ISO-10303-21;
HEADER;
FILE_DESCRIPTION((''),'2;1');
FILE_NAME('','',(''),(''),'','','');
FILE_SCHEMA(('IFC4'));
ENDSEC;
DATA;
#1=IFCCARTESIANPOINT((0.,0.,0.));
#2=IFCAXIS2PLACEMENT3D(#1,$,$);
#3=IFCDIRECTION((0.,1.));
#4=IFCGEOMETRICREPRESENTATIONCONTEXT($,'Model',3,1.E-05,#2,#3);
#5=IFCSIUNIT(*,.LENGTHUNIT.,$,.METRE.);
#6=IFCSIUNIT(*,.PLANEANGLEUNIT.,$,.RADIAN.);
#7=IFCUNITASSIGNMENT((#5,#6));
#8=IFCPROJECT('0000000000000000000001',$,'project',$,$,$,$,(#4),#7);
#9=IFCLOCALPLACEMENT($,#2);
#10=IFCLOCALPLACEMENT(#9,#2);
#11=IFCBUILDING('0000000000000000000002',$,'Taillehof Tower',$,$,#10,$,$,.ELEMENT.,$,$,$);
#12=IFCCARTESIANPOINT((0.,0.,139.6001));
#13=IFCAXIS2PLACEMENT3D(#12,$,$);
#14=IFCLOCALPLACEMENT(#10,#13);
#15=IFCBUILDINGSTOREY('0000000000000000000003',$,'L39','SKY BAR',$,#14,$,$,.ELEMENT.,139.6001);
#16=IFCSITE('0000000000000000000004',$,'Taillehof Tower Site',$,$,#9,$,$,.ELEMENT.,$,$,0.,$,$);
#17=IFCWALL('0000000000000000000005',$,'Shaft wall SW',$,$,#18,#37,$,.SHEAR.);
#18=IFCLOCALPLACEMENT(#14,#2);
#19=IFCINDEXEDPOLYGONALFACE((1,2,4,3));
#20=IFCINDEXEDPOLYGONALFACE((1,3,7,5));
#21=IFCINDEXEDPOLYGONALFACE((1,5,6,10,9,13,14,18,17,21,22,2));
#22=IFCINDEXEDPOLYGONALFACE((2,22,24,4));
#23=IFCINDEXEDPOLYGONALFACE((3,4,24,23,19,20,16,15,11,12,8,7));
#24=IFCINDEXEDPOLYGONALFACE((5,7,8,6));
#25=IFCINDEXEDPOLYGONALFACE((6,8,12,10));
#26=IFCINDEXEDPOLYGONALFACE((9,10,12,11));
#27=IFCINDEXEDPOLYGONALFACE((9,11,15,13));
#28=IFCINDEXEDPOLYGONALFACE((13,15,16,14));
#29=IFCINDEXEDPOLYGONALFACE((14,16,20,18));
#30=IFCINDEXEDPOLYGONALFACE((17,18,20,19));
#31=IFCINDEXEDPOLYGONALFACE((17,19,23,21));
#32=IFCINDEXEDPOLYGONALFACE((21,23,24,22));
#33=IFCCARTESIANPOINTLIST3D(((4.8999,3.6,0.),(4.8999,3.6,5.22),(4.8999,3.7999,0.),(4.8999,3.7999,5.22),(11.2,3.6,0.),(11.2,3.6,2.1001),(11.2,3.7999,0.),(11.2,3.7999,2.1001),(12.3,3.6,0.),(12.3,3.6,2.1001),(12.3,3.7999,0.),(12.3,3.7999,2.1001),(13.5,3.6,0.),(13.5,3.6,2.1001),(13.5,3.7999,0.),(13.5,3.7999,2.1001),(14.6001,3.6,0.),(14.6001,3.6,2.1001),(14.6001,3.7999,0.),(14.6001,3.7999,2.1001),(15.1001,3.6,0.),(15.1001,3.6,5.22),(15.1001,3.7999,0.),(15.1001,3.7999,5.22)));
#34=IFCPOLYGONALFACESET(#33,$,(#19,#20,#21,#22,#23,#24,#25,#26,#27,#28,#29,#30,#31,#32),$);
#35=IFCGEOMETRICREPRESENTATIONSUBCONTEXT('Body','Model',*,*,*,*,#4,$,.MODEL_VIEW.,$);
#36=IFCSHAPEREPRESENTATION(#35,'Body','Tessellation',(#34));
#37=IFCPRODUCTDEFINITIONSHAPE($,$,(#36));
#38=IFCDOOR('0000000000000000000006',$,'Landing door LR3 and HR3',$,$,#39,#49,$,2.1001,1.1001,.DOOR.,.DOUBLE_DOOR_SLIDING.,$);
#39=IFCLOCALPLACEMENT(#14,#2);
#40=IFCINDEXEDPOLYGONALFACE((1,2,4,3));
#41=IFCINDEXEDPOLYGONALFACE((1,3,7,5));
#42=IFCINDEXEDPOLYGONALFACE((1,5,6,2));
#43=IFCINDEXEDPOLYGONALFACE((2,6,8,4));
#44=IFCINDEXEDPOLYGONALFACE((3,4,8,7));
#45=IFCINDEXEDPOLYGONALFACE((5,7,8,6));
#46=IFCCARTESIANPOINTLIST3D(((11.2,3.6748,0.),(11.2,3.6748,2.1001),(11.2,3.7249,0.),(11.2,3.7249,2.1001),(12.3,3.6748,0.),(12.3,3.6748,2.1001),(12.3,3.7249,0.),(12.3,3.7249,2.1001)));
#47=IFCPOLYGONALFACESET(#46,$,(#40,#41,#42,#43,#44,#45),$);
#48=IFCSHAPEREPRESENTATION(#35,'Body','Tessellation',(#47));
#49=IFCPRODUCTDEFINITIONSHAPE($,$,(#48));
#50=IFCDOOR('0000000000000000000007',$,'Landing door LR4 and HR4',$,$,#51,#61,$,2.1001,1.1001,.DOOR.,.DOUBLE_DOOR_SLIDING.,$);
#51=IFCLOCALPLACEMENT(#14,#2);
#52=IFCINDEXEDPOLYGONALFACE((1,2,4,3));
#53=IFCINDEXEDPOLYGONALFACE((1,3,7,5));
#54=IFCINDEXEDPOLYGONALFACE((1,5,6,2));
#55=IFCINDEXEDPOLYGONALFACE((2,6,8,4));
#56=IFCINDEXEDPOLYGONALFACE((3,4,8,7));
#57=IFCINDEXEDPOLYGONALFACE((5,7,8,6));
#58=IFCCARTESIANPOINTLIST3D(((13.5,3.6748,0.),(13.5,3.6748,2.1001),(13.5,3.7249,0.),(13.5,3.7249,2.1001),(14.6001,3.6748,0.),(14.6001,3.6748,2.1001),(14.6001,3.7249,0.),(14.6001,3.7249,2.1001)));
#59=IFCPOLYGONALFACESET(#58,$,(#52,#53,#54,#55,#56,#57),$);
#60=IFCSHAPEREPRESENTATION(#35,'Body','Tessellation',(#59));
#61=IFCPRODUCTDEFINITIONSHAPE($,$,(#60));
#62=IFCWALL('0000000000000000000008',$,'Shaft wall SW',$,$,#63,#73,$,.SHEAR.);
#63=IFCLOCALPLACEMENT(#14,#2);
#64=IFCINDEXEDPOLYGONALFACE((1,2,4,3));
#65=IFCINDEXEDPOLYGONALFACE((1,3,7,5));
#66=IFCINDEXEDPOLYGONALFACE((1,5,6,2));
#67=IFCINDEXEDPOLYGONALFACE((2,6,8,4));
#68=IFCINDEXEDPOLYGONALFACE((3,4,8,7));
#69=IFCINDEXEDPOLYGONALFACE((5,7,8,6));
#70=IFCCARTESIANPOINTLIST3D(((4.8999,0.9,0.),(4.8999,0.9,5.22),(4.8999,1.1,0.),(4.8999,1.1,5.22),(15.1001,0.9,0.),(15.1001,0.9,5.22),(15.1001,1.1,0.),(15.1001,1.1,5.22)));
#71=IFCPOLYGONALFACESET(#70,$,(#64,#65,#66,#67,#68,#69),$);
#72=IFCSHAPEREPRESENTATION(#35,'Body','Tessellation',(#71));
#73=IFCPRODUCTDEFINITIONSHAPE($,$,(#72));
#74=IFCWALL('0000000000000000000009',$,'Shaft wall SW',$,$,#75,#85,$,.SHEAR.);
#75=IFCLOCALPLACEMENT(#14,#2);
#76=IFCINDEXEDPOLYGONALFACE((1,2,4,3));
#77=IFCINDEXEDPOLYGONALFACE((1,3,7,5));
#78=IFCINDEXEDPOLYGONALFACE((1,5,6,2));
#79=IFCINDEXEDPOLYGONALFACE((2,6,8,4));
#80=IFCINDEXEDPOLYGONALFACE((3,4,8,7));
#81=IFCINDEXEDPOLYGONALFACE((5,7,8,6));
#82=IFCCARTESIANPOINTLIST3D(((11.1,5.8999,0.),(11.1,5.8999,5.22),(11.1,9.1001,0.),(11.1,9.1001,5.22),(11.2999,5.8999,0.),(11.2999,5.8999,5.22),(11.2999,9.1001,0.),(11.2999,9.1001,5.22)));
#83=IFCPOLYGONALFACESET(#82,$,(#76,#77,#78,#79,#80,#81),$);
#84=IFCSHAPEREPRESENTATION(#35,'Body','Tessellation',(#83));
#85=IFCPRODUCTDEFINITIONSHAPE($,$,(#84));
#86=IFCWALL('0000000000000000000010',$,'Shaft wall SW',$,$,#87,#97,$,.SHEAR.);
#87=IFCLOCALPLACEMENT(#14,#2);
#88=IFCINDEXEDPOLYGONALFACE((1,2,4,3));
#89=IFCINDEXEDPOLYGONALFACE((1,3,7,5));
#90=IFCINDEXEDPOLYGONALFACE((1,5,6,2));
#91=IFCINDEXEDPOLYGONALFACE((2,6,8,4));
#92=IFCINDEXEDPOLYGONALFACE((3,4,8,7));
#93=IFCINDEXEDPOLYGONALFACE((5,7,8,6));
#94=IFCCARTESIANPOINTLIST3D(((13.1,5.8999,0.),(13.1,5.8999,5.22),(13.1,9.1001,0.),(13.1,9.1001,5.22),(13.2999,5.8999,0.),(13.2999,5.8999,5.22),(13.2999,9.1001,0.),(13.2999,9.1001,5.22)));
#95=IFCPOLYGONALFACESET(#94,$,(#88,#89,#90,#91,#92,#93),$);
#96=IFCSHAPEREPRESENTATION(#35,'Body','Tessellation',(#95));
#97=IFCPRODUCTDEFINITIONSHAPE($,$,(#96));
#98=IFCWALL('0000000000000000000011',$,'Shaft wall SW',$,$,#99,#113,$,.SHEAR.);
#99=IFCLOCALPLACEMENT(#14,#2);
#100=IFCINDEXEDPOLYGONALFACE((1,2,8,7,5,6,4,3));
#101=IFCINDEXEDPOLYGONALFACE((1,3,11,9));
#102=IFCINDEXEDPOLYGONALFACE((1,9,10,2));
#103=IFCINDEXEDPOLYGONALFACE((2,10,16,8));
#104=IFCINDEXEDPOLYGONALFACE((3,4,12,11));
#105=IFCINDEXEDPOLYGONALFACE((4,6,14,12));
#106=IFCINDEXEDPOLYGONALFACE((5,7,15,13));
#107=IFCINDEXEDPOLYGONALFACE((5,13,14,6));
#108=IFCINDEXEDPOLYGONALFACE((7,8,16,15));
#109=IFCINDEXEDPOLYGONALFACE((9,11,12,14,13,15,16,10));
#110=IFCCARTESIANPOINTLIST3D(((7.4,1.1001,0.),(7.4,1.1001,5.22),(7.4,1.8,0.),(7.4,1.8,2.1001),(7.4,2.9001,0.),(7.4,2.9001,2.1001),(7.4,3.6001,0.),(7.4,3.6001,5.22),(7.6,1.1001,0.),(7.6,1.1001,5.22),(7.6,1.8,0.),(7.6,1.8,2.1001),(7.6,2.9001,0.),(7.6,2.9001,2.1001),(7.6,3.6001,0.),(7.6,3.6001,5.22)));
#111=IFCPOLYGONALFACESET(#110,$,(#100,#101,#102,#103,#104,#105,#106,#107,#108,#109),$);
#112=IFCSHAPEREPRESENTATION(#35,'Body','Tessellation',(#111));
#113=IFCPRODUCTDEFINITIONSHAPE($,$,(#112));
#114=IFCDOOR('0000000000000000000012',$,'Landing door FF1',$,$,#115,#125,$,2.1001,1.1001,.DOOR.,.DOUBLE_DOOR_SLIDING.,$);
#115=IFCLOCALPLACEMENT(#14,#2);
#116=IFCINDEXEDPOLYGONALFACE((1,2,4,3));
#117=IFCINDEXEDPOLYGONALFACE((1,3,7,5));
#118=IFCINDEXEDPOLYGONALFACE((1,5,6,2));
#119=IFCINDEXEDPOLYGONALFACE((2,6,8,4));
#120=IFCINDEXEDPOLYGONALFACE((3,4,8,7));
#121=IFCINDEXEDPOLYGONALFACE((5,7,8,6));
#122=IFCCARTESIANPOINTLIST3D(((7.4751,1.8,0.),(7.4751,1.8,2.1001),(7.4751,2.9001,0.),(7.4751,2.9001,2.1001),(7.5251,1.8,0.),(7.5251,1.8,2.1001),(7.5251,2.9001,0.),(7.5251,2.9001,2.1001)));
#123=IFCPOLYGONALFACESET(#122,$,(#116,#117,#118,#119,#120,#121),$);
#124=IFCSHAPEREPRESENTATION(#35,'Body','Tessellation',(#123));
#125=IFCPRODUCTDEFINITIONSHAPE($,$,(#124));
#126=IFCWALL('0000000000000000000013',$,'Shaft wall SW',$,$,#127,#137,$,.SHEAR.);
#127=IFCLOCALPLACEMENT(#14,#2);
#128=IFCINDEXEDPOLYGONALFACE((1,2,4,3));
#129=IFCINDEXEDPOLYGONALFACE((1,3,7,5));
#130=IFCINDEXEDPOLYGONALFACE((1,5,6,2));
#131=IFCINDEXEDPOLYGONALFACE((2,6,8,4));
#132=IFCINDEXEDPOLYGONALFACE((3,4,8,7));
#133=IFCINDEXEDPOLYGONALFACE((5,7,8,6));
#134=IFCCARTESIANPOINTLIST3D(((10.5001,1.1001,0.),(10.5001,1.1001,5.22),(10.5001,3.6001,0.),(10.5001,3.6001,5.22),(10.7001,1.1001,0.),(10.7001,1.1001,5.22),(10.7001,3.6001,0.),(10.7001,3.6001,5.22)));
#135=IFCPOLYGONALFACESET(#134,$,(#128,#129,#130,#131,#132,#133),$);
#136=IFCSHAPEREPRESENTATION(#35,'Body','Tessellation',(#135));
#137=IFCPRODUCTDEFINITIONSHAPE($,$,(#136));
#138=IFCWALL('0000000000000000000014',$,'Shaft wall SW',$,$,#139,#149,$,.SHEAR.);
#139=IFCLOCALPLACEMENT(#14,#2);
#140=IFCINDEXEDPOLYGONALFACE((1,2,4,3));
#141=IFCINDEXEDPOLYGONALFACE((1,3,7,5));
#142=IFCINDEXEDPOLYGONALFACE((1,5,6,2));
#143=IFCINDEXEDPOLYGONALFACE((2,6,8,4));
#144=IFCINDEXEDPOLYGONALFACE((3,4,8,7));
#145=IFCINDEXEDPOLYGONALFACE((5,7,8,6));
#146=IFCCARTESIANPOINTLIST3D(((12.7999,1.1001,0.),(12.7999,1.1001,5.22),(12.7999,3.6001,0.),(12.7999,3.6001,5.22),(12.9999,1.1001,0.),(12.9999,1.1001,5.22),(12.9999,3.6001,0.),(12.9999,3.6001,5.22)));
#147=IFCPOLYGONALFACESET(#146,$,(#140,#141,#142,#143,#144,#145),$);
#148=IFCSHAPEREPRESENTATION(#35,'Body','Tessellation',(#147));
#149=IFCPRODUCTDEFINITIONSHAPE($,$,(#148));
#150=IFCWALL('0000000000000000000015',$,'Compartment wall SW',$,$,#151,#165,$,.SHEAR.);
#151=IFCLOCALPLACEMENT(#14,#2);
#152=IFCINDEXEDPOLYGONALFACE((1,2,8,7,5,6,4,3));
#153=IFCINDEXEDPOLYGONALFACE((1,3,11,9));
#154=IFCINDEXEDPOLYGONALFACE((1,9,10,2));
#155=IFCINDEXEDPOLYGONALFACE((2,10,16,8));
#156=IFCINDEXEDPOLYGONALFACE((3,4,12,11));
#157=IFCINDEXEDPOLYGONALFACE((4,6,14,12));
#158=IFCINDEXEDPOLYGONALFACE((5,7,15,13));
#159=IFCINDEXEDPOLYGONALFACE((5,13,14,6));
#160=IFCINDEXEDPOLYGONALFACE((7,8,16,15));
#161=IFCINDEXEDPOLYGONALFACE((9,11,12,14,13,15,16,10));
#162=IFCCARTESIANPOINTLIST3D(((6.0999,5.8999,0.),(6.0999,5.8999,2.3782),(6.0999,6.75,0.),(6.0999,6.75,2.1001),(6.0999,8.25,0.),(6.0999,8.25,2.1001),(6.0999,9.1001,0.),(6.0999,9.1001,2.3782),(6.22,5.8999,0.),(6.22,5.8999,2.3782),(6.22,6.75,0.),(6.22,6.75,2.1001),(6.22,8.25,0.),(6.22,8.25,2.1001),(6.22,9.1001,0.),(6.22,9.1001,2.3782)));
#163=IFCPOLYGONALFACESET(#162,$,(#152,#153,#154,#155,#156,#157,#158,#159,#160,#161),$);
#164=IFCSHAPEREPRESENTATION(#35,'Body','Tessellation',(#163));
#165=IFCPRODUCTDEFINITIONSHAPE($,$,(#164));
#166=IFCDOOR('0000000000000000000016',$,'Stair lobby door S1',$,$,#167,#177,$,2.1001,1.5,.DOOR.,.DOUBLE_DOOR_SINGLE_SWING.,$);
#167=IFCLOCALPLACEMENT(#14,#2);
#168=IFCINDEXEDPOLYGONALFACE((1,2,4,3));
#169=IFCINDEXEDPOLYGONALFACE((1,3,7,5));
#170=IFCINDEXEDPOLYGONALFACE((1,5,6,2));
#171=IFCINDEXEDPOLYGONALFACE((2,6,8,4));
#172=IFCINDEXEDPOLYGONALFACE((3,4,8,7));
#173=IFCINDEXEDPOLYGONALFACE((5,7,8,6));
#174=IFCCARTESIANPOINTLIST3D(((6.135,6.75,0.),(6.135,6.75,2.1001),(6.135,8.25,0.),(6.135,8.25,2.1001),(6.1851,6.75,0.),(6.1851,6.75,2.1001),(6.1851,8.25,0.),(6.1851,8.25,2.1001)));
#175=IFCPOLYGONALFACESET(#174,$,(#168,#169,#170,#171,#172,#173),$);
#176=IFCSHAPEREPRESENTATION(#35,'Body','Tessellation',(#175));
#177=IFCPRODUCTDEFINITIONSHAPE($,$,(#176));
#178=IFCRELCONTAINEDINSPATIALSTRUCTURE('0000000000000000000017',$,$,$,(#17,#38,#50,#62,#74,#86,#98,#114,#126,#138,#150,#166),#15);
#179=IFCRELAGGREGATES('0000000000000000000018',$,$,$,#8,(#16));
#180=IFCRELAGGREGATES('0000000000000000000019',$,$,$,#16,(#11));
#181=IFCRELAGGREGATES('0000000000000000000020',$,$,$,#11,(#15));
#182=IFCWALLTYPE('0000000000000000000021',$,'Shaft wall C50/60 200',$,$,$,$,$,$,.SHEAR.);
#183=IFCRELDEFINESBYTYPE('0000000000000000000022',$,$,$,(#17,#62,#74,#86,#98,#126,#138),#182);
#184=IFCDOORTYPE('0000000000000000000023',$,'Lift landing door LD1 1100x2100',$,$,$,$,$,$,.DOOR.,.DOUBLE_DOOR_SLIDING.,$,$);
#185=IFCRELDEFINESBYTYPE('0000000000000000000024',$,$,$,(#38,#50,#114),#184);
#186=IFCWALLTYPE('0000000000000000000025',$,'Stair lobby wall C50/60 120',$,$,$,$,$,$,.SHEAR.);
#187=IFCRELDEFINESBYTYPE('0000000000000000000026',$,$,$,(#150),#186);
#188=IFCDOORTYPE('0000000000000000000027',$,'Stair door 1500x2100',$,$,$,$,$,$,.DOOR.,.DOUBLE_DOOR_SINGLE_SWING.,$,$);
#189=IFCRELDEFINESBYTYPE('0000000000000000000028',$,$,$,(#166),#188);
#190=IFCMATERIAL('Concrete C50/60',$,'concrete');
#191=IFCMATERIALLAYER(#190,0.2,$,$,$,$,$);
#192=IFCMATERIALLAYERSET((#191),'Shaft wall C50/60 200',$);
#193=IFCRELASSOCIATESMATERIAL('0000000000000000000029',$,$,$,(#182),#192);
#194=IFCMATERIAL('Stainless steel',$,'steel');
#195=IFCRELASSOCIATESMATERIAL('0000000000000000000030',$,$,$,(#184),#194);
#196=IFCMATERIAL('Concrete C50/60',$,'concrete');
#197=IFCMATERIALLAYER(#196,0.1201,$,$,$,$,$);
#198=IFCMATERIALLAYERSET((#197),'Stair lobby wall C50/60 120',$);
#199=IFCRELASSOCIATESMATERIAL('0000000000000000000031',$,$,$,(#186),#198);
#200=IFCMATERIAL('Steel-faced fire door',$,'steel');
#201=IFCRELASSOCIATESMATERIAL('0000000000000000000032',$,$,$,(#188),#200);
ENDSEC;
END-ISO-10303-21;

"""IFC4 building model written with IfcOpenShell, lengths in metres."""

from ifc_helpers import new_model, si_unit, direction, frame, frame_2d, origin, place, context, subcontext, project, spatial, rectangle, extrude, material, layer, layer_set, type_object, element, fill, save


model = new_model("IFC4")

# Units and contexts
model_context = context("Model", 3, precision=1e-05, world=origin(), true_north=direction((0.0, 1.0)))
body_context = subcontext(model_context, "Body", "Model", "MODEL_VIEW")
ifc_project = project(units=[si_unit("LENGTHUNIT", "METRE"), si_unit("PLANEANGLEUNIT", "RADIAN")], contexts=[model_context])

# Site, building, storey
site_placement = place(None, origin())
site = spatial("IfcSite", under=ifc_project, at=site_placement, Name="Taillehof Tower Site", CompositionType="ELEMENT", RefElevation=0.0)
building_placement = place(site_placement, origin())
building = spatial("IfcBuilding", under=site, at=building_placement, Name="Taillehof Tower", CompositionType="ELEMENT")
storey_placement = place(building_placement, frame((0.0, 0.0, 139.6001)))
storey = spatial("IfcBuildingStorey", under=building, at=storey_placement, Name="L39", Description="SKY BAR", CompositionType="ELEMENT", Elevation=139.6001)

# Wall, openings, doors
ifc_material_1 = material(Name="Concrete C50/60", Category="concrete")
ifc_layer_1 = layer(ifc_material_1, 0.2)
ifc_layer_set_1 = layer_set([ifc_layer_1], Name="Shaft wall C50/60 200")
wall_type_1 = type_object("IfcWallType", Name="Shaft wall C50/60 200", PredefinedType="SHEAR", material=ifc_layer_set_1)
ifc_material_2 = material(Name="Stainless steel", Category="steel")
door_type_1 = type_object("IfcDoorType", Name="Lift landing door LD1 1100x2100", OperationType="DOUBLE_DOOR_SLIDING", PredefinedType="DOOR", material=ifc_material_2)
wall_1_placement = place(storey_placement, frame((4.8999, 3.7, 0.0), z_axis=(0.0, 0.0, 1.0), x_axis=(1.0, 0.0, 0.0)))
wall_1 = element("IfcWall", 1, at=wall_1_placement, inside=storey, type_object=wall_type_1, Name="Shaft wall SW", PredefinedType="SHEAR", context=body_context, shape_type="SweptSolid", body=[
    extrude(rectangle(XDim=10.2002, YDim=0.2, at=frame_2d((5.1001, 0.0))), origin(), (0.0, 0.0, 1.0), 5.22),
])
opening_1_placement = place(wall_1_placement, frame((6.3, 0.0, 0.0)))
opening_1 = element("IfcOpeningElement", 2, at=opening_1_placement, cuts=wall_1, PredefinedType="OPENING", context=body_context, shape_type="SweptSolid", body=[
    extrude(rectangle(XDim=1.1001, YDim=2.1001, at=frame_2d((0.55, 1.05))), frame((0.0, 0.1099, 0.0), z_axis=(0.0, -1.0, 0.0), x_axis=(1.0, 0.0, 0.0)), (0.0, 0.0, 1.0), 0.22),
])
opening_2_placement = place(wall_1_placement, frame((8.6001, 0.0, 0.0)))
opening_2 = element("IfcOpeningElement", 3, at=opening_2_placement, cuts=wall_1, PredefinedType="OPENING", context=body_context, shape_type="SweptSolid", body=[
    extrude(rectangle(XDim=1.1001, YDim=2.1001, at=frame_2d((0.55, 1.05))), frame((0.0, 0.1099, 0.0), z_axis=(0.0, -1.0, 0.0), x_axis=(1.0, 0.0, 0.0)), (0.0, 0.0, 1.0), 0.22),
])
door_1_placement = place(opening_1_placement, origin())
door_1 = element("IfcDoor", 4, at=door_1_placement, inside=storey, type_object=door_type_1, Name="Landing door LR3 and HR3", OperationType="DOUBLE_DOOR_SLIDING", OverallHeight=2.1001, OverallWidth=1.1001, PredefinedType="DOOR", context=body_context, shape_type="SweptSolid", body=[
    extrude(rectangle(XDim=1.1001, YDim=2.1001, at=frame_2d((0.55, 1.05))), frame((0.0, 0.0249, 0.0), z_axis=(0.0, -1.0, 0.0), x_axis=(1.0, 0.0, 0.0)), (0.0, 0.0, 1.0), 0.05),
])
fill(opening_1, door_1)
door_2_placement = place(opening_2_placement, origin())
door_2 = element("IfcDoor", 5, at=door_2_placement, inside=storey, type_object=door_type_1, Name="Landing door LR4 and HR4", OperationType="DOUBLE_DOOR_SLIDING", OverallHeight=2.1001, OverallWidth=1.1001, PredefinedType="DOOR", context=body_context, shape_type="SweptSolid", body=[
    extrude(rectangle(XDim=1.1001, YDim=2.1001, at=frame_2d((0.55, 1.05))), frame((0.0, 0.0249, 0.0), z_axis=(0.0, -1.0, 0.0), x_axis=(1.0, 0.0, 0.0)), (0.0, 0.0, 1.0), 0.05),
])
fill(opening_2, door_2)

# Walls
wall_2_placement = place(storey_placement, frame((4.8999, 1.0, 0.0), z_axis=(0.0, 0.0, 1.0), x_axis=(1.0, 0.0, 0.0)))
element("IfcWall", 6, at=wall_2_placement, inside=storey, type_object=wall_type_1, Name="Shaft wall SW", PredefinedType="SHEAR", context=body_context, shape_type="SweptSolid", body=[
    extrude(rectangle(XDim=10.2002, YDim=0.2, at=frame_2d((5.1001, 0.0))), origin(), (0.0, 0.0, 1.0), 5.22),
])
for number, where, z_axis, x_axis, name in (
    (7, (11.2, 5.8999, 0.0), (0.0, 0.0, 1.0), (0.0, 1.0, 0.0), "Shaft wall SW"),
    (8, (13.2, 5.8999, 0.0), (0.0, 0.0, 1.0), (0.0, 1.0, 0.0), "Shaft wall SW"),
):
    element("IfcWall", number, at=place(storey_placement, frame(where, z_axis=z_axis, x_axis=x_axis)), inside=storey, type_object=wall_type_1, Name=name, PredefinedType="SHEAR", context=body_context, shape_type="SweptSolid", body=[
        extrude(rectangle(XDim=3.2002, YDim=0.2, at=frame_2d((1.6001, 0.0))), origin(), (0.0, 0.0, 1.0), 5.22),
    ])

# Wall, opening, door
wall_3_placement = place(storey_placement, frame((7.5, 1.1001, 0.0), z_axis=(0.0, 0.0, 1.0), x_axis=(0.0, 1.0, 0.0)))
wall_3 = element("IfcWall", 9, at=wall_3_placement, inside=storey, type_object=wall_type_1, Name="Shaft wall SW", PredefinedType="SHEAR", context=body_context, shape_type="SweptSolid", body=[
    extrude(rectangle(XDim=2.5, YDim=0.2, at=frame_2d((1.25, 0.0))), origin(), (0.0, 0.0, 1.0), 5.22),
])
opening_3_placement = place(wall_3_placement, frame((0.7, 0.0, 0.0)))
opening_3 = element("IfcOpeningElement", 10, at=opening_3_placement, cuts=wall_3, PredefinedType="OPENING", context=body_context, shape_type="SweptSolid", body=[
    extrude(rectangle(XDim=1.1001, YDim=2.1001, at=frame_2d((0.55, 1.05))), frame((0.0, 0.1099, 0.0), z_axis=(0.0, -1.0, 0.0), x_axis=(1.0, 0.0, 0.0)), (0.0, 0.0, 1.0), 0.22),
])
door_3_placement = place(opening_3_placement, origin())
door_3 = element("IfcDoor", 11, at=door_3_placement, inside=storey, type_object=door_type_1, Name="Landing door FF1", OperationType="DOUBLE_DOOR_SLIDING", OverallHeight=2.1001, OverallWidth=1.1001, PredefinedType="DOOR", context=body_context, shape_type="SweptSolid", body=[
    extrude(rectangle(XDim=1.1001, YDim=2.1001, at=frame_2d((0.55, 1.05))), frame((0.0, 0.0249, 0.0), z_axis=(0.0, -1.0, 0.0), x_axis=(1.0, 0.0, 0.0)), (0.0, 0.0, 1.0), 0.05),
])
fill(opening_3, door_3)

# Walls
for number, where, z_axis, x_axis, name in (
    (12, (10.6001, 1.1001, 0.0), (0.0, 0.0, 1.0), (0.0, 1.0, 0.0), "Shaft wall SW"),
    (13, (12.8999, 1.1001, 0.0), (0.0, 0.0, 1.0), (0.0, 1.0, 0.0), "Shaft wall SW"),
):
    element("IfcWall", number, at=place(storey_placement, frame(where, z_axis=z_axis, x_axis=x_axis)), inside=storey, type_object=wall_type_1, Name=name, PredefinedType="SHEAR", context=body_context, shape_type="SweptSolid", body=[
        extrude(rectangle(XDim=2.5, YDim=0.2, at=frame_2d((1.25, 0.0))), origin(), (0.0, 0.0, 1.0), 5.22),
    ])

# Wall, opening, door
ifc_material_3 = material(Name="Concrete C50/60", Category="concrete")
ifc_layer_2 = layer(ifc_material_3, 0.1201)
ifc_layer_set_2 = layer_set([ifc_layer_2], Name="Stair lobby wall C50/60 120")
wall_type_2 = type_object("IfcWallType", Name="Stair lobby wall C50/60 120", PredefinedType="SHEAR", material=ifc_layer_set_2)
wall_4_placement = place(storey_placement, frame((6.1599, 5.8999, 0.0), z_axis=(0.0, 0.0, 1.0), x_axis=(0.0, 1.0, 0.0)))
wall_4 = element("IfcWall", 14, at=wall_4_placement, inside=storey, type_object=wall_type_2, Name="Compartment wall SW", PredefinedType="SHEAR", context=body_context, shape_type="SweptSolid", body=[
    extrude(rectangle(XDim=3.2002, YDim=0.1201, at=frame_2d((1.6001, 0.0))), origin(), (0.0, 0.0, 1.0), 2.3782),
])
opening_4_placement = place(wall_4_placement, frame((0.8501, 0.0, 0.0)))
opening_4 = element("IfcOpeningElement", 15, at=opening_4_placement, cuts=wall_4, PredefinedType="OPENING", context=body_context, shape_type="SweptSolid", body=[
    extrude(rectangle(XDim=1.5, YDim=2.1001, at=frame_2d((0.75, 1.05))), frame((0.0, 0.0701, 0.0), z_axis=(0.0, -1.0, 0.0), x_axis=(1.0, 0.0, 0.0)), (0.0, 0.0, 1.0), 0.1401),
])
ifc_material_4 = material(Name="Steel-faced fire door", Category="steel")
door_type_2 = type_object("IfcDoorType", Name="Stair door 1500x2100", OperationType="DOUBLE_DOOR_SINGLE_SWING", PredefinedType="DOOR", material=ifc_material_4)
door_4_placement = place(opening_4_placement, origin())
door_4 = element("IfcDoor", 16, at=door_4_placement, inside=storey, type_object=door_type_2, Name="Stair lobby door S1", OperationType="DOUBLE_DOOR_SINGLE_SWING", OverallHeight=2.1001, OverallWidth=1.5, PredefinedType="DOOR", context=body_context, shape_type="SweptSolid", body=[
    extrude(rectangle(XDim=1.5, YDim=2.1001, at=frame_2d((0.75, 1.05))), frame((0.0, 0.0249, 0.0), z_axis=(0.0, -1.0, 0.0), x_axis=(1.0, 0.0, 0.0)), (0.0, 0.0, 1.0), 0.05),
])
fill(opening_4, door_4)

save(model, "model.ifc")
